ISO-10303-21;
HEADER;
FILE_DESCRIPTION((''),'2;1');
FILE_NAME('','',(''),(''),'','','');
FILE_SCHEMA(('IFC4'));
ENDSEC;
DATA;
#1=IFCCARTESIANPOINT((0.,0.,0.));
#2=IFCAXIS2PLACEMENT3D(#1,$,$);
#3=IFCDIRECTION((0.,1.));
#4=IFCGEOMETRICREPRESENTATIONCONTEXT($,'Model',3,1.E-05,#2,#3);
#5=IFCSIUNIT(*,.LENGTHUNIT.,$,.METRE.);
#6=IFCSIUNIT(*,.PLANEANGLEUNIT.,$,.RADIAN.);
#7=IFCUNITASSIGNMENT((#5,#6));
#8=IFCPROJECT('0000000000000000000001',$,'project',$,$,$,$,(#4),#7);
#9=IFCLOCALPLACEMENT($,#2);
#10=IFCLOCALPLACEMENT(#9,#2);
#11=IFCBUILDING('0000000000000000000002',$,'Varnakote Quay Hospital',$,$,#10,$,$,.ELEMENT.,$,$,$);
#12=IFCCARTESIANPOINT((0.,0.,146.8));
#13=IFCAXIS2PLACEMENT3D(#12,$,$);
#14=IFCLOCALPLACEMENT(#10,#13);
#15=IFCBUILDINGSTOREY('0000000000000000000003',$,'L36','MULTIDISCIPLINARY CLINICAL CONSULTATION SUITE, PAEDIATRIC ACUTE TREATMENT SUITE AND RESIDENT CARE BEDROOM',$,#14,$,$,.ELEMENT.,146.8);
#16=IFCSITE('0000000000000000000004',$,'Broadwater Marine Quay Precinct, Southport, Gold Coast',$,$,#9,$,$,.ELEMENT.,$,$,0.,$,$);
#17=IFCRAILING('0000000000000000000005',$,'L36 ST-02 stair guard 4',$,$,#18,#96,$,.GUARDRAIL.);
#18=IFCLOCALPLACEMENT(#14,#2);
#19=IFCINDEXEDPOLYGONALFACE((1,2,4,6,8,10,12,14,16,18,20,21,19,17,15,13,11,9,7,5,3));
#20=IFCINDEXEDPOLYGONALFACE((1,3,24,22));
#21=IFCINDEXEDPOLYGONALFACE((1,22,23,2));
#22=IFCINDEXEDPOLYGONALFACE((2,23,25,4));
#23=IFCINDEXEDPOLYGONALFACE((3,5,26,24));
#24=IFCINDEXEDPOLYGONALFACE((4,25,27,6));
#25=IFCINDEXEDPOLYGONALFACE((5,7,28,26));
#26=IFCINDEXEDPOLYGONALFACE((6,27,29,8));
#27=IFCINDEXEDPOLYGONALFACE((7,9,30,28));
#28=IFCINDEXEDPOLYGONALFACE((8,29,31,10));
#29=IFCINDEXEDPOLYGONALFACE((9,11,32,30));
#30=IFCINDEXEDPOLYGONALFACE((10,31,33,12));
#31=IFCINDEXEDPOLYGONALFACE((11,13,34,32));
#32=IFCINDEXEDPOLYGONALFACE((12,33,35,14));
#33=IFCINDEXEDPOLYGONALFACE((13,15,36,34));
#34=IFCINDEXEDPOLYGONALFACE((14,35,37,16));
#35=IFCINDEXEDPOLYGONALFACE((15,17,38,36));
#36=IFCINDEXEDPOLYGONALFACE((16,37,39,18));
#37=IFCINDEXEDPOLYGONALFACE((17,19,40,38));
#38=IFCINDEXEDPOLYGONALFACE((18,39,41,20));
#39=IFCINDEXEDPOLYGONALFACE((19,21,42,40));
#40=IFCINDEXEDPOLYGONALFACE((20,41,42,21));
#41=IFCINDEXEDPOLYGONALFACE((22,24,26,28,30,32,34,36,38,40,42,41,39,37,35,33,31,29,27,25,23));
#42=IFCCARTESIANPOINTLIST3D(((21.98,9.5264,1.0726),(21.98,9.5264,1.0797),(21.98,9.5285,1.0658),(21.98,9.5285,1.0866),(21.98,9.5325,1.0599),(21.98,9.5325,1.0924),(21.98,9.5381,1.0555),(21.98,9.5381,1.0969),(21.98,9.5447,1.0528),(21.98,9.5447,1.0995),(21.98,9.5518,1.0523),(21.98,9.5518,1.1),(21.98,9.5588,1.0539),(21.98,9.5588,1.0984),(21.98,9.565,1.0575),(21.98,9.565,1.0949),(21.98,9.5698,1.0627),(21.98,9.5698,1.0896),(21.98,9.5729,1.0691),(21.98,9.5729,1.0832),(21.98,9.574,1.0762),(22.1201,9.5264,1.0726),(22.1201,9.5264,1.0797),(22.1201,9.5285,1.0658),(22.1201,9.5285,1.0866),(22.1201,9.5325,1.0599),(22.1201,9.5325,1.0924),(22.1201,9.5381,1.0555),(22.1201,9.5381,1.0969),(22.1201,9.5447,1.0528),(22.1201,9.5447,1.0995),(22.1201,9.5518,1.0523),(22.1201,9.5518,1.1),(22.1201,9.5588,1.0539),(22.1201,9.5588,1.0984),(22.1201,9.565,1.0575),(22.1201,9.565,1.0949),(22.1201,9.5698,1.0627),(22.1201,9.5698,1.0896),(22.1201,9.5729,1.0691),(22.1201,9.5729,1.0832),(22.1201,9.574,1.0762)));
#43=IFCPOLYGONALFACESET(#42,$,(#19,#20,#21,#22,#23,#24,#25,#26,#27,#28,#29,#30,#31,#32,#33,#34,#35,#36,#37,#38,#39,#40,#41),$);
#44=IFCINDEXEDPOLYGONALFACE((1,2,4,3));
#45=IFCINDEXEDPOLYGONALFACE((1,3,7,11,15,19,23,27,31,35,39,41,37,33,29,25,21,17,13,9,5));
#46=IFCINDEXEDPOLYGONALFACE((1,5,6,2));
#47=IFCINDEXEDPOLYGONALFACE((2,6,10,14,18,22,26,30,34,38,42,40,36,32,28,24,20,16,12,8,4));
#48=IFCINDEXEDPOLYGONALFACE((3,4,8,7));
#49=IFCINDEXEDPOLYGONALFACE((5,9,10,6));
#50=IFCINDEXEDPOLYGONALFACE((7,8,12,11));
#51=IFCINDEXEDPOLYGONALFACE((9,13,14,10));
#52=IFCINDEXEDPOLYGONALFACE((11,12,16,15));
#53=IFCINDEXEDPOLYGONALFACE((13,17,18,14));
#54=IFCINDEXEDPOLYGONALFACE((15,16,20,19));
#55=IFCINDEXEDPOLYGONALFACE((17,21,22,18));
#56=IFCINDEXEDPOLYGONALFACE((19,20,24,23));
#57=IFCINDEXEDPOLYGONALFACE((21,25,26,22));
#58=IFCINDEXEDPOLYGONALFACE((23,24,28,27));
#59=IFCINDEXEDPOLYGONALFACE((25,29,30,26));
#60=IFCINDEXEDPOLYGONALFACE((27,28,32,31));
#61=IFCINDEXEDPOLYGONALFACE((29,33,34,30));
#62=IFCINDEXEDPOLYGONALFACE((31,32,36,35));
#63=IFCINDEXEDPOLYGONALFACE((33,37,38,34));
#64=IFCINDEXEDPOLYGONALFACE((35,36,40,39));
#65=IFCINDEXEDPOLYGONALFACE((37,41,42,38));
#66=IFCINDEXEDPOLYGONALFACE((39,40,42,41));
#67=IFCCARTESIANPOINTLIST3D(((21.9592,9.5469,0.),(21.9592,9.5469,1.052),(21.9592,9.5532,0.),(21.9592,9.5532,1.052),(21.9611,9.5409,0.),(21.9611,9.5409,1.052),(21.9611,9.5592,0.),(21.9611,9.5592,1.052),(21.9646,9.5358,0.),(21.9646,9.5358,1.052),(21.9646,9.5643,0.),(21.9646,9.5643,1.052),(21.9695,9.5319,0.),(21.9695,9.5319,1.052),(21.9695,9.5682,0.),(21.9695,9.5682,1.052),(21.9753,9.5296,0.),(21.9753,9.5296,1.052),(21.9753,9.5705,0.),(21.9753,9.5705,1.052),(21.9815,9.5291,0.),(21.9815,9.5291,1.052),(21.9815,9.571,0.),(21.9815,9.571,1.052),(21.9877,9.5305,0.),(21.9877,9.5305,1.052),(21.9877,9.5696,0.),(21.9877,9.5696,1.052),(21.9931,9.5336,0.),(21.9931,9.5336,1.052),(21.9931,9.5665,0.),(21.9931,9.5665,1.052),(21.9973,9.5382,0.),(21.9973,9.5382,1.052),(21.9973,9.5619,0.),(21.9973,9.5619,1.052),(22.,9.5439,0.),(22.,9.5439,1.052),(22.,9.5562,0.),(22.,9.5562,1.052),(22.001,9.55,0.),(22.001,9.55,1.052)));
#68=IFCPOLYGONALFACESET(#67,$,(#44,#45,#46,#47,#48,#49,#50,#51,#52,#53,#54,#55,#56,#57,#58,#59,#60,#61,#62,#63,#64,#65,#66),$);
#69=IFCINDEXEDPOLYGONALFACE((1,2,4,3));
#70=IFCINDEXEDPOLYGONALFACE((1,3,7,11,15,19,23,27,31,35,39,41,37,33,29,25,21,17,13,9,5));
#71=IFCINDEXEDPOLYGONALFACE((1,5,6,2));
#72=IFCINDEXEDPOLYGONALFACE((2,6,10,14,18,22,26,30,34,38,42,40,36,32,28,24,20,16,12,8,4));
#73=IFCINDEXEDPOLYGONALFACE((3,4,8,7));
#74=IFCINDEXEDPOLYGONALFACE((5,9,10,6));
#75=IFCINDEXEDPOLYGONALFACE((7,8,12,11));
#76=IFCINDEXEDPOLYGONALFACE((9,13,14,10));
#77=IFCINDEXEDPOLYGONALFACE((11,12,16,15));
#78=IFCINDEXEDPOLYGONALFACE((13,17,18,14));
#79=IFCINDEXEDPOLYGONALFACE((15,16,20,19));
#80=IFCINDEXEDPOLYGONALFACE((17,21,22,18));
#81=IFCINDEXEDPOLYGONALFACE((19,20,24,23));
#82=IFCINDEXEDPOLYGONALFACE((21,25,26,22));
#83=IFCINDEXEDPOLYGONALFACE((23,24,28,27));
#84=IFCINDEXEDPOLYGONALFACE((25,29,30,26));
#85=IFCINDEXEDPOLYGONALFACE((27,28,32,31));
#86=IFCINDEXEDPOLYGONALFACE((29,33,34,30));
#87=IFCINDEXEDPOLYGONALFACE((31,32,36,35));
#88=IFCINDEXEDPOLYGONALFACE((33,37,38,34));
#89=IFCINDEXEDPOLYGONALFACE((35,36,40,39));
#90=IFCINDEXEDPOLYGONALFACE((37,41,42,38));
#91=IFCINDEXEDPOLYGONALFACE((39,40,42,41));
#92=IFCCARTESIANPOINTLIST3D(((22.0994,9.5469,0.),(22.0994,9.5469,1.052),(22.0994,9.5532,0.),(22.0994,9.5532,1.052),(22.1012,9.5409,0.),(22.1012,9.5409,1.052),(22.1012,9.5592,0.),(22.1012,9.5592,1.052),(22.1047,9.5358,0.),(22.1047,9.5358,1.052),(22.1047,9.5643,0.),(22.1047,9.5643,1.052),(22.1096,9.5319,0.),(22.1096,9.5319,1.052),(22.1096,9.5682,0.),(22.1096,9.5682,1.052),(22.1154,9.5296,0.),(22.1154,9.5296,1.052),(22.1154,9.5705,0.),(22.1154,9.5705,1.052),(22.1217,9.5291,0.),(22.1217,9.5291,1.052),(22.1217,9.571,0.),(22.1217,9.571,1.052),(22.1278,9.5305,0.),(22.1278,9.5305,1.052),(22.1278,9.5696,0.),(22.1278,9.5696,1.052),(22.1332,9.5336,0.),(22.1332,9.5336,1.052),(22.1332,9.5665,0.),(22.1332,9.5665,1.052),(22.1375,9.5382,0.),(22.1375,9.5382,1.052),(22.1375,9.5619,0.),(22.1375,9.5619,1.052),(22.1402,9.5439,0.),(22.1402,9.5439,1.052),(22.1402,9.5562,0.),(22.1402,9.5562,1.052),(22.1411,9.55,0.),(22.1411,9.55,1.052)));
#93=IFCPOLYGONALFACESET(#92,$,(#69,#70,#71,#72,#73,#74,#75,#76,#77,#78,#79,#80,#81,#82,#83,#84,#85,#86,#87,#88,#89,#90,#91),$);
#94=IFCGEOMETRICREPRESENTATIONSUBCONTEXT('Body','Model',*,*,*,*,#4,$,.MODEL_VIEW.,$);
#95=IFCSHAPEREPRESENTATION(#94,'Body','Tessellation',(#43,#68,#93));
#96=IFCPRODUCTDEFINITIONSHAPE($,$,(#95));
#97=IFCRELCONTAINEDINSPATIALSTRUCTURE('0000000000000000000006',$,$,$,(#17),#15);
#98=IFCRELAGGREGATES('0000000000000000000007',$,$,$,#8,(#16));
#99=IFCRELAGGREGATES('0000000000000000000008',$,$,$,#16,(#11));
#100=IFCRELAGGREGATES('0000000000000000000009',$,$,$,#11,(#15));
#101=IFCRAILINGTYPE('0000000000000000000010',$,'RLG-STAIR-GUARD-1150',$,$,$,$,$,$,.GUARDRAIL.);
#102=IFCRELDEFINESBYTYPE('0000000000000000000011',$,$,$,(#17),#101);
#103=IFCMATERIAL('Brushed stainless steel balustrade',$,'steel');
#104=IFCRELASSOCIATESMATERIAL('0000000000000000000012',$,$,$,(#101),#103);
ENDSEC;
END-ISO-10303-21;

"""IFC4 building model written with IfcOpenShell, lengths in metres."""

from ifc_helpers import new_model, si_unit, direction, frame, origin, origin_2d, place, context, subcontext, project, spatial, circle, extrude, material, type_object, element, save


model = new_model("IFC4")

# Units and contexts
model_context = context("Model", 3, precision=1e-05, world=origin(), true_north=direction((0.0, 1.0)))
body_context = subcontext(model_context, "Body", "Model", "MODEL_VIEW")
ifc_project = project(units=[si_unit("LENGTHUNIT", "METRE"), si_unit("PLANEANGLEUNIT", "RADIAN")], contexts=[model_context])

# Site, building, storey
site_placement = place(None, origin())
site = spatial("IfcSite", under=ifc_project, at=site_placement, Name="Broadwater Marine Quay Precinct, Southport, Gold Coast", CompositionType="ELEMENT", RefElevation=0.0)
building_placement = place(site_placement, origin())
building = spatial("IfcBuilding", under=site, at=building_placement, Name="Varnakote Quay Hospital", CompositionType="ELEMENT")
storey_placement = place(building_placement, frame((0.0, 0.0, 146.8)))
storey = spatial("IfcBuildingStorey", under=building, at=storey_placement, Name="L36", Description="MULTIDISCIPLINARY CLINICAL CONSULTATION SUITE, PAEDIATRIC ACUTE TREATMENT SUITE AND RESIDENT CARE BEDROOM", CompositionType="ELEMENT", Elevation=146.8)

# Railing
ifc_material_1 = material(Name="Brushed stainless steel balustrade", Category="steel")
railing_type_1 = type_object("IfcRailingType", Name="RLG-STAIR-GUARD-1150", PredefinedType="GUARDRAIL", material=ifc_material_1)
railing_1_placement = place(storey_placement, frame((21.98, 9.55, 0.0)))
element("IfcRailing", 1, at=railing_1_placement, inside=storey, type_object=railing_type_1, Name="L36 ST-02 stair guard 4", PredefinedType="GUARDRAIL", context=body_context, shape_type="SweptSolid", body=[
    extrude(circle(Radius=0.0239, at=origin_2d()), frame((0.0, 0.0, 1.0762), z_axis=(1.0, 0.0, 0.0), x_axis=(0.0, 1.0, 0.0)), (0.0, 0.0, 1.0), 0.1401),
    extrude(circle(Radius=0.021, at=origin_2d()), origin(), (0.0, 0.0, 1.0), 1.052),
    extrude(circle(Radius=0.021, at=origin_2d()), frame((0.1401, 0.0, 0.0)), (0.0, 0.0, 1.0), 1.052),
])

save(model, "model.ifc")
